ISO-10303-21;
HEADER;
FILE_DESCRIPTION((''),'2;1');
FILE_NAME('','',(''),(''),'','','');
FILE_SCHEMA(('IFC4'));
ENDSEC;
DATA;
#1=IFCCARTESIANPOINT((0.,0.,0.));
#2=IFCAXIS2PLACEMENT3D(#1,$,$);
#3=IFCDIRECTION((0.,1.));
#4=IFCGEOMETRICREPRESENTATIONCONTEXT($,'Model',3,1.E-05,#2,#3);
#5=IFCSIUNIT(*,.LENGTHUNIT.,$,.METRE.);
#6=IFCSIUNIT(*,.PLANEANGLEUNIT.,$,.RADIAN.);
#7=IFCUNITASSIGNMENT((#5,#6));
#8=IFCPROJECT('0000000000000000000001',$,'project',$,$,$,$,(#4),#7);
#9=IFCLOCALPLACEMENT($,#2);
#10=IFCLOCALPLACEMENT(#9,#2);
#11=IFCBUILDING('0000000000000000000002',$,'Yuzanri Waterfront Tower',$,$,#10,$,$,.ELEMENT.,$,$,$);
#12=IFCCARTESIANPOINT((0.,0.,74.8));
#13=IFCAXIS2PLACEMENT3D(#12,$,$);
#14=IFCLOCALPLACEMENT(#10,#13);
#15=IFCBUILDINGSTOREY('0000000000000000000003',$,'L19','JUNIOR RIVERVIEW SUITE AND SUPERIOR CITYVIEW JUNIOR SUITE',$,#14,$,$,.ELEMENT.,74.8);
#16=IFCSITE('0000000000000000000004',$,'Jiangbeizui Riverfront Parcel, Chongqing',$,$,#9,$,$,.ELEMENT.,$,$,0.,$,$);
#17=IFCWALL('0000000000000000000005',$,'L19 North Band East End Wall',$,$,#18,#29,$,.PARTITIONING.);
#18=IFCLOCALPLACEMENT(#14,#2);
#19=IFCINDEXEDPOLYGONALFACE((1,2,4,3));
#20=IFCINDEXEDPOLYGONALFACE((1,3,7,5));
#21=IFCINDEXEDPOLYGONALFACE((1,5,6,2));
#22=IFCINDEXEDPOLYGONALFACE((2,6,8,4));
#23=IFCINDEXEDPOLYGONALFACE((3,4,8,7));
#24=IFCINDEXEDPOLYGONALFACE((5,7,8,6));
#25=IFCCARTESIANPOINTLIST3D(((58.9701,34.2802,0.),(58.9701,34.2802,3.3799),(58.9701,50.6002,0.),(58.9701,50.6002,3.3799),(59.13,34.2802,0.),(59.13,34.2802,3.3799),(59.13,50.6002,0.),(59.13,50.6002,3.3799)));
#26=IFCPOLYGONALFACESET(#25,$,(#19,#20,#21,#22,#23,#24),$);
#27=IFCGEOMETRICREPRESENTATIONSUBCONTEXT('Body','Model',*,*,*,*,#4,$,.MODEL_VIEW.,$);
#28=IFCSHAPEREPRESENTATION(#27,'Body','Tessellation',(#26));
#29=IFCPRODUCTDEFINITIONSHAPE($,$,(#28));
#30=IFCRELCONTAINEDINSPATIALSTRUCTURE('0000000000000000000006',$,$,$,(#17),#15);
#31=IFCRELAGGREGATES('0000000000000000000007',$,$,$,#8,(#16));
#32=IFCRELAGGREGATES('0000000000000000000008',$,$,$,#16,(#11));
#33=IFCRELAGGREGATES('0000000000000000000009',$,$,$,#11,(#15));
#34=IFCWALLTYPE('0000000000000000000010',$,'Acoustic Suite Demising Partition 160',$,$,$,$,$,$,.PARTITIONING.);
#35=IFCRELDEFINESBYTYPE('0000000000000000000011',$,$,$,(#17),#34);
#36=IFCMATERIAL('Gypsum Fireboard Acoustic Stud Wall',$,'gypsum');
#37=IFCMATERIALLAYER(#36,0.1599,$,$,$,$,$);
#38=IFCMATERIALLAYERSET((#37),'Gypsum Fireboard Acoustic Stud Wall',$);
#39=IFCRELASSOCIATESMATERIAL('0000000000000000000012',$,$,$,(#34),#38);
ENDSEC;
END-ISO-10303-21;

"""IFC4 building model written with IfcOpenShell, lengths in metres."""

from ifc_helpers import new_model, si_unit, direction, frame, frame_2d, origin, place, context, subcontext, project, spatial, rectangle, extrude, source, transform, mapped, material, layer, layer_set, type_object, element, save


model = new_model("IFC4")

# Units and contexts
model_context = context("Model", 3, precision=1e-05, world=origin(), true_north=direction((0.0, 1.0)))
body_context = subcontext(model_context, "Body", "Model", "MODEL_VIEW")
ifc_project = project(units=[si_unit("LENGTHUNIT", "METRE"), si_unit("PLANEANGLEUNIT", "RADIAN")], contexts=[model_context])

# Site, building, storey
site_placement = place(None, origin())
site = spatial("IfcSite", under=ifc_project, at=site_placement, Name="Jiangbeizui Riverfront Parcel, Chongqing", CompositionType="ELEMENT", RefElevation=0.0)
building_placement = place(site_placement, origin())
building = spatial("IfcBuilding", under=site, at=building_placement, Name="Yuzanri Waterfront Tower", CompositionType="ELEMENT")
storey_placement = place(building_placement, frame((0.0, 0.0, 74.8)))
storey = spatial("IfcBuildingStorey", under=building, at=storey_placement, Name="L19", Description="JUNIOR RIVERVIEW SUITE AND SUPERIOR CITYVIEW JUNIOR SUITE", CompositionType="ELEMENT", Elevation=74.8)

# Wall
ifc_material_1 = material(Name="Gypsum Fireboard Acoustic Stud Wall", Category="gypsum")
ifc_layer_1 = layer(ifc_material_1, 0.1599)
ifc_layer_set_1 = layer_set([ifc_layer_1], Name="Gypsum Fireboard Acoustic Stud Wall")
wall_type_1 = type_object("IfcWallType", Name="Acoustic Suite Demising Partition 160", PredefinedType="PARTITIONING", material=ifc_layer_set_1)
shared_shape_1 = source(origin(), body_context, "Body", "SweptSolid", [
    extrude(rectangle(XDim=16.3201, YDim=0.1599, at=frame_2d((8.1602, 0.0))), origin(), (0.0, 0.0, 1.0), 3.3799),
])
wall_1_placement = place(storey_placement, frame((59.05, 34.28, 0.0), z_axis=(0.0, 0.0, 1.0), x_axis=(0.0, 1.0, 0.0)))
element("IfcWall", 1, at=wall_1_placement, inside=storey, type_object=wall_type_1, Name="L19 North Band East End Wall", PredefinedType="PARTITIONING", context=body_context, shape_type="MappedRepresentation", body=[
    mapped(shared_shape_1, transform((0.0, 0.0, 0.0), scale=1.0)),
])

save(model, "model.ifc")
